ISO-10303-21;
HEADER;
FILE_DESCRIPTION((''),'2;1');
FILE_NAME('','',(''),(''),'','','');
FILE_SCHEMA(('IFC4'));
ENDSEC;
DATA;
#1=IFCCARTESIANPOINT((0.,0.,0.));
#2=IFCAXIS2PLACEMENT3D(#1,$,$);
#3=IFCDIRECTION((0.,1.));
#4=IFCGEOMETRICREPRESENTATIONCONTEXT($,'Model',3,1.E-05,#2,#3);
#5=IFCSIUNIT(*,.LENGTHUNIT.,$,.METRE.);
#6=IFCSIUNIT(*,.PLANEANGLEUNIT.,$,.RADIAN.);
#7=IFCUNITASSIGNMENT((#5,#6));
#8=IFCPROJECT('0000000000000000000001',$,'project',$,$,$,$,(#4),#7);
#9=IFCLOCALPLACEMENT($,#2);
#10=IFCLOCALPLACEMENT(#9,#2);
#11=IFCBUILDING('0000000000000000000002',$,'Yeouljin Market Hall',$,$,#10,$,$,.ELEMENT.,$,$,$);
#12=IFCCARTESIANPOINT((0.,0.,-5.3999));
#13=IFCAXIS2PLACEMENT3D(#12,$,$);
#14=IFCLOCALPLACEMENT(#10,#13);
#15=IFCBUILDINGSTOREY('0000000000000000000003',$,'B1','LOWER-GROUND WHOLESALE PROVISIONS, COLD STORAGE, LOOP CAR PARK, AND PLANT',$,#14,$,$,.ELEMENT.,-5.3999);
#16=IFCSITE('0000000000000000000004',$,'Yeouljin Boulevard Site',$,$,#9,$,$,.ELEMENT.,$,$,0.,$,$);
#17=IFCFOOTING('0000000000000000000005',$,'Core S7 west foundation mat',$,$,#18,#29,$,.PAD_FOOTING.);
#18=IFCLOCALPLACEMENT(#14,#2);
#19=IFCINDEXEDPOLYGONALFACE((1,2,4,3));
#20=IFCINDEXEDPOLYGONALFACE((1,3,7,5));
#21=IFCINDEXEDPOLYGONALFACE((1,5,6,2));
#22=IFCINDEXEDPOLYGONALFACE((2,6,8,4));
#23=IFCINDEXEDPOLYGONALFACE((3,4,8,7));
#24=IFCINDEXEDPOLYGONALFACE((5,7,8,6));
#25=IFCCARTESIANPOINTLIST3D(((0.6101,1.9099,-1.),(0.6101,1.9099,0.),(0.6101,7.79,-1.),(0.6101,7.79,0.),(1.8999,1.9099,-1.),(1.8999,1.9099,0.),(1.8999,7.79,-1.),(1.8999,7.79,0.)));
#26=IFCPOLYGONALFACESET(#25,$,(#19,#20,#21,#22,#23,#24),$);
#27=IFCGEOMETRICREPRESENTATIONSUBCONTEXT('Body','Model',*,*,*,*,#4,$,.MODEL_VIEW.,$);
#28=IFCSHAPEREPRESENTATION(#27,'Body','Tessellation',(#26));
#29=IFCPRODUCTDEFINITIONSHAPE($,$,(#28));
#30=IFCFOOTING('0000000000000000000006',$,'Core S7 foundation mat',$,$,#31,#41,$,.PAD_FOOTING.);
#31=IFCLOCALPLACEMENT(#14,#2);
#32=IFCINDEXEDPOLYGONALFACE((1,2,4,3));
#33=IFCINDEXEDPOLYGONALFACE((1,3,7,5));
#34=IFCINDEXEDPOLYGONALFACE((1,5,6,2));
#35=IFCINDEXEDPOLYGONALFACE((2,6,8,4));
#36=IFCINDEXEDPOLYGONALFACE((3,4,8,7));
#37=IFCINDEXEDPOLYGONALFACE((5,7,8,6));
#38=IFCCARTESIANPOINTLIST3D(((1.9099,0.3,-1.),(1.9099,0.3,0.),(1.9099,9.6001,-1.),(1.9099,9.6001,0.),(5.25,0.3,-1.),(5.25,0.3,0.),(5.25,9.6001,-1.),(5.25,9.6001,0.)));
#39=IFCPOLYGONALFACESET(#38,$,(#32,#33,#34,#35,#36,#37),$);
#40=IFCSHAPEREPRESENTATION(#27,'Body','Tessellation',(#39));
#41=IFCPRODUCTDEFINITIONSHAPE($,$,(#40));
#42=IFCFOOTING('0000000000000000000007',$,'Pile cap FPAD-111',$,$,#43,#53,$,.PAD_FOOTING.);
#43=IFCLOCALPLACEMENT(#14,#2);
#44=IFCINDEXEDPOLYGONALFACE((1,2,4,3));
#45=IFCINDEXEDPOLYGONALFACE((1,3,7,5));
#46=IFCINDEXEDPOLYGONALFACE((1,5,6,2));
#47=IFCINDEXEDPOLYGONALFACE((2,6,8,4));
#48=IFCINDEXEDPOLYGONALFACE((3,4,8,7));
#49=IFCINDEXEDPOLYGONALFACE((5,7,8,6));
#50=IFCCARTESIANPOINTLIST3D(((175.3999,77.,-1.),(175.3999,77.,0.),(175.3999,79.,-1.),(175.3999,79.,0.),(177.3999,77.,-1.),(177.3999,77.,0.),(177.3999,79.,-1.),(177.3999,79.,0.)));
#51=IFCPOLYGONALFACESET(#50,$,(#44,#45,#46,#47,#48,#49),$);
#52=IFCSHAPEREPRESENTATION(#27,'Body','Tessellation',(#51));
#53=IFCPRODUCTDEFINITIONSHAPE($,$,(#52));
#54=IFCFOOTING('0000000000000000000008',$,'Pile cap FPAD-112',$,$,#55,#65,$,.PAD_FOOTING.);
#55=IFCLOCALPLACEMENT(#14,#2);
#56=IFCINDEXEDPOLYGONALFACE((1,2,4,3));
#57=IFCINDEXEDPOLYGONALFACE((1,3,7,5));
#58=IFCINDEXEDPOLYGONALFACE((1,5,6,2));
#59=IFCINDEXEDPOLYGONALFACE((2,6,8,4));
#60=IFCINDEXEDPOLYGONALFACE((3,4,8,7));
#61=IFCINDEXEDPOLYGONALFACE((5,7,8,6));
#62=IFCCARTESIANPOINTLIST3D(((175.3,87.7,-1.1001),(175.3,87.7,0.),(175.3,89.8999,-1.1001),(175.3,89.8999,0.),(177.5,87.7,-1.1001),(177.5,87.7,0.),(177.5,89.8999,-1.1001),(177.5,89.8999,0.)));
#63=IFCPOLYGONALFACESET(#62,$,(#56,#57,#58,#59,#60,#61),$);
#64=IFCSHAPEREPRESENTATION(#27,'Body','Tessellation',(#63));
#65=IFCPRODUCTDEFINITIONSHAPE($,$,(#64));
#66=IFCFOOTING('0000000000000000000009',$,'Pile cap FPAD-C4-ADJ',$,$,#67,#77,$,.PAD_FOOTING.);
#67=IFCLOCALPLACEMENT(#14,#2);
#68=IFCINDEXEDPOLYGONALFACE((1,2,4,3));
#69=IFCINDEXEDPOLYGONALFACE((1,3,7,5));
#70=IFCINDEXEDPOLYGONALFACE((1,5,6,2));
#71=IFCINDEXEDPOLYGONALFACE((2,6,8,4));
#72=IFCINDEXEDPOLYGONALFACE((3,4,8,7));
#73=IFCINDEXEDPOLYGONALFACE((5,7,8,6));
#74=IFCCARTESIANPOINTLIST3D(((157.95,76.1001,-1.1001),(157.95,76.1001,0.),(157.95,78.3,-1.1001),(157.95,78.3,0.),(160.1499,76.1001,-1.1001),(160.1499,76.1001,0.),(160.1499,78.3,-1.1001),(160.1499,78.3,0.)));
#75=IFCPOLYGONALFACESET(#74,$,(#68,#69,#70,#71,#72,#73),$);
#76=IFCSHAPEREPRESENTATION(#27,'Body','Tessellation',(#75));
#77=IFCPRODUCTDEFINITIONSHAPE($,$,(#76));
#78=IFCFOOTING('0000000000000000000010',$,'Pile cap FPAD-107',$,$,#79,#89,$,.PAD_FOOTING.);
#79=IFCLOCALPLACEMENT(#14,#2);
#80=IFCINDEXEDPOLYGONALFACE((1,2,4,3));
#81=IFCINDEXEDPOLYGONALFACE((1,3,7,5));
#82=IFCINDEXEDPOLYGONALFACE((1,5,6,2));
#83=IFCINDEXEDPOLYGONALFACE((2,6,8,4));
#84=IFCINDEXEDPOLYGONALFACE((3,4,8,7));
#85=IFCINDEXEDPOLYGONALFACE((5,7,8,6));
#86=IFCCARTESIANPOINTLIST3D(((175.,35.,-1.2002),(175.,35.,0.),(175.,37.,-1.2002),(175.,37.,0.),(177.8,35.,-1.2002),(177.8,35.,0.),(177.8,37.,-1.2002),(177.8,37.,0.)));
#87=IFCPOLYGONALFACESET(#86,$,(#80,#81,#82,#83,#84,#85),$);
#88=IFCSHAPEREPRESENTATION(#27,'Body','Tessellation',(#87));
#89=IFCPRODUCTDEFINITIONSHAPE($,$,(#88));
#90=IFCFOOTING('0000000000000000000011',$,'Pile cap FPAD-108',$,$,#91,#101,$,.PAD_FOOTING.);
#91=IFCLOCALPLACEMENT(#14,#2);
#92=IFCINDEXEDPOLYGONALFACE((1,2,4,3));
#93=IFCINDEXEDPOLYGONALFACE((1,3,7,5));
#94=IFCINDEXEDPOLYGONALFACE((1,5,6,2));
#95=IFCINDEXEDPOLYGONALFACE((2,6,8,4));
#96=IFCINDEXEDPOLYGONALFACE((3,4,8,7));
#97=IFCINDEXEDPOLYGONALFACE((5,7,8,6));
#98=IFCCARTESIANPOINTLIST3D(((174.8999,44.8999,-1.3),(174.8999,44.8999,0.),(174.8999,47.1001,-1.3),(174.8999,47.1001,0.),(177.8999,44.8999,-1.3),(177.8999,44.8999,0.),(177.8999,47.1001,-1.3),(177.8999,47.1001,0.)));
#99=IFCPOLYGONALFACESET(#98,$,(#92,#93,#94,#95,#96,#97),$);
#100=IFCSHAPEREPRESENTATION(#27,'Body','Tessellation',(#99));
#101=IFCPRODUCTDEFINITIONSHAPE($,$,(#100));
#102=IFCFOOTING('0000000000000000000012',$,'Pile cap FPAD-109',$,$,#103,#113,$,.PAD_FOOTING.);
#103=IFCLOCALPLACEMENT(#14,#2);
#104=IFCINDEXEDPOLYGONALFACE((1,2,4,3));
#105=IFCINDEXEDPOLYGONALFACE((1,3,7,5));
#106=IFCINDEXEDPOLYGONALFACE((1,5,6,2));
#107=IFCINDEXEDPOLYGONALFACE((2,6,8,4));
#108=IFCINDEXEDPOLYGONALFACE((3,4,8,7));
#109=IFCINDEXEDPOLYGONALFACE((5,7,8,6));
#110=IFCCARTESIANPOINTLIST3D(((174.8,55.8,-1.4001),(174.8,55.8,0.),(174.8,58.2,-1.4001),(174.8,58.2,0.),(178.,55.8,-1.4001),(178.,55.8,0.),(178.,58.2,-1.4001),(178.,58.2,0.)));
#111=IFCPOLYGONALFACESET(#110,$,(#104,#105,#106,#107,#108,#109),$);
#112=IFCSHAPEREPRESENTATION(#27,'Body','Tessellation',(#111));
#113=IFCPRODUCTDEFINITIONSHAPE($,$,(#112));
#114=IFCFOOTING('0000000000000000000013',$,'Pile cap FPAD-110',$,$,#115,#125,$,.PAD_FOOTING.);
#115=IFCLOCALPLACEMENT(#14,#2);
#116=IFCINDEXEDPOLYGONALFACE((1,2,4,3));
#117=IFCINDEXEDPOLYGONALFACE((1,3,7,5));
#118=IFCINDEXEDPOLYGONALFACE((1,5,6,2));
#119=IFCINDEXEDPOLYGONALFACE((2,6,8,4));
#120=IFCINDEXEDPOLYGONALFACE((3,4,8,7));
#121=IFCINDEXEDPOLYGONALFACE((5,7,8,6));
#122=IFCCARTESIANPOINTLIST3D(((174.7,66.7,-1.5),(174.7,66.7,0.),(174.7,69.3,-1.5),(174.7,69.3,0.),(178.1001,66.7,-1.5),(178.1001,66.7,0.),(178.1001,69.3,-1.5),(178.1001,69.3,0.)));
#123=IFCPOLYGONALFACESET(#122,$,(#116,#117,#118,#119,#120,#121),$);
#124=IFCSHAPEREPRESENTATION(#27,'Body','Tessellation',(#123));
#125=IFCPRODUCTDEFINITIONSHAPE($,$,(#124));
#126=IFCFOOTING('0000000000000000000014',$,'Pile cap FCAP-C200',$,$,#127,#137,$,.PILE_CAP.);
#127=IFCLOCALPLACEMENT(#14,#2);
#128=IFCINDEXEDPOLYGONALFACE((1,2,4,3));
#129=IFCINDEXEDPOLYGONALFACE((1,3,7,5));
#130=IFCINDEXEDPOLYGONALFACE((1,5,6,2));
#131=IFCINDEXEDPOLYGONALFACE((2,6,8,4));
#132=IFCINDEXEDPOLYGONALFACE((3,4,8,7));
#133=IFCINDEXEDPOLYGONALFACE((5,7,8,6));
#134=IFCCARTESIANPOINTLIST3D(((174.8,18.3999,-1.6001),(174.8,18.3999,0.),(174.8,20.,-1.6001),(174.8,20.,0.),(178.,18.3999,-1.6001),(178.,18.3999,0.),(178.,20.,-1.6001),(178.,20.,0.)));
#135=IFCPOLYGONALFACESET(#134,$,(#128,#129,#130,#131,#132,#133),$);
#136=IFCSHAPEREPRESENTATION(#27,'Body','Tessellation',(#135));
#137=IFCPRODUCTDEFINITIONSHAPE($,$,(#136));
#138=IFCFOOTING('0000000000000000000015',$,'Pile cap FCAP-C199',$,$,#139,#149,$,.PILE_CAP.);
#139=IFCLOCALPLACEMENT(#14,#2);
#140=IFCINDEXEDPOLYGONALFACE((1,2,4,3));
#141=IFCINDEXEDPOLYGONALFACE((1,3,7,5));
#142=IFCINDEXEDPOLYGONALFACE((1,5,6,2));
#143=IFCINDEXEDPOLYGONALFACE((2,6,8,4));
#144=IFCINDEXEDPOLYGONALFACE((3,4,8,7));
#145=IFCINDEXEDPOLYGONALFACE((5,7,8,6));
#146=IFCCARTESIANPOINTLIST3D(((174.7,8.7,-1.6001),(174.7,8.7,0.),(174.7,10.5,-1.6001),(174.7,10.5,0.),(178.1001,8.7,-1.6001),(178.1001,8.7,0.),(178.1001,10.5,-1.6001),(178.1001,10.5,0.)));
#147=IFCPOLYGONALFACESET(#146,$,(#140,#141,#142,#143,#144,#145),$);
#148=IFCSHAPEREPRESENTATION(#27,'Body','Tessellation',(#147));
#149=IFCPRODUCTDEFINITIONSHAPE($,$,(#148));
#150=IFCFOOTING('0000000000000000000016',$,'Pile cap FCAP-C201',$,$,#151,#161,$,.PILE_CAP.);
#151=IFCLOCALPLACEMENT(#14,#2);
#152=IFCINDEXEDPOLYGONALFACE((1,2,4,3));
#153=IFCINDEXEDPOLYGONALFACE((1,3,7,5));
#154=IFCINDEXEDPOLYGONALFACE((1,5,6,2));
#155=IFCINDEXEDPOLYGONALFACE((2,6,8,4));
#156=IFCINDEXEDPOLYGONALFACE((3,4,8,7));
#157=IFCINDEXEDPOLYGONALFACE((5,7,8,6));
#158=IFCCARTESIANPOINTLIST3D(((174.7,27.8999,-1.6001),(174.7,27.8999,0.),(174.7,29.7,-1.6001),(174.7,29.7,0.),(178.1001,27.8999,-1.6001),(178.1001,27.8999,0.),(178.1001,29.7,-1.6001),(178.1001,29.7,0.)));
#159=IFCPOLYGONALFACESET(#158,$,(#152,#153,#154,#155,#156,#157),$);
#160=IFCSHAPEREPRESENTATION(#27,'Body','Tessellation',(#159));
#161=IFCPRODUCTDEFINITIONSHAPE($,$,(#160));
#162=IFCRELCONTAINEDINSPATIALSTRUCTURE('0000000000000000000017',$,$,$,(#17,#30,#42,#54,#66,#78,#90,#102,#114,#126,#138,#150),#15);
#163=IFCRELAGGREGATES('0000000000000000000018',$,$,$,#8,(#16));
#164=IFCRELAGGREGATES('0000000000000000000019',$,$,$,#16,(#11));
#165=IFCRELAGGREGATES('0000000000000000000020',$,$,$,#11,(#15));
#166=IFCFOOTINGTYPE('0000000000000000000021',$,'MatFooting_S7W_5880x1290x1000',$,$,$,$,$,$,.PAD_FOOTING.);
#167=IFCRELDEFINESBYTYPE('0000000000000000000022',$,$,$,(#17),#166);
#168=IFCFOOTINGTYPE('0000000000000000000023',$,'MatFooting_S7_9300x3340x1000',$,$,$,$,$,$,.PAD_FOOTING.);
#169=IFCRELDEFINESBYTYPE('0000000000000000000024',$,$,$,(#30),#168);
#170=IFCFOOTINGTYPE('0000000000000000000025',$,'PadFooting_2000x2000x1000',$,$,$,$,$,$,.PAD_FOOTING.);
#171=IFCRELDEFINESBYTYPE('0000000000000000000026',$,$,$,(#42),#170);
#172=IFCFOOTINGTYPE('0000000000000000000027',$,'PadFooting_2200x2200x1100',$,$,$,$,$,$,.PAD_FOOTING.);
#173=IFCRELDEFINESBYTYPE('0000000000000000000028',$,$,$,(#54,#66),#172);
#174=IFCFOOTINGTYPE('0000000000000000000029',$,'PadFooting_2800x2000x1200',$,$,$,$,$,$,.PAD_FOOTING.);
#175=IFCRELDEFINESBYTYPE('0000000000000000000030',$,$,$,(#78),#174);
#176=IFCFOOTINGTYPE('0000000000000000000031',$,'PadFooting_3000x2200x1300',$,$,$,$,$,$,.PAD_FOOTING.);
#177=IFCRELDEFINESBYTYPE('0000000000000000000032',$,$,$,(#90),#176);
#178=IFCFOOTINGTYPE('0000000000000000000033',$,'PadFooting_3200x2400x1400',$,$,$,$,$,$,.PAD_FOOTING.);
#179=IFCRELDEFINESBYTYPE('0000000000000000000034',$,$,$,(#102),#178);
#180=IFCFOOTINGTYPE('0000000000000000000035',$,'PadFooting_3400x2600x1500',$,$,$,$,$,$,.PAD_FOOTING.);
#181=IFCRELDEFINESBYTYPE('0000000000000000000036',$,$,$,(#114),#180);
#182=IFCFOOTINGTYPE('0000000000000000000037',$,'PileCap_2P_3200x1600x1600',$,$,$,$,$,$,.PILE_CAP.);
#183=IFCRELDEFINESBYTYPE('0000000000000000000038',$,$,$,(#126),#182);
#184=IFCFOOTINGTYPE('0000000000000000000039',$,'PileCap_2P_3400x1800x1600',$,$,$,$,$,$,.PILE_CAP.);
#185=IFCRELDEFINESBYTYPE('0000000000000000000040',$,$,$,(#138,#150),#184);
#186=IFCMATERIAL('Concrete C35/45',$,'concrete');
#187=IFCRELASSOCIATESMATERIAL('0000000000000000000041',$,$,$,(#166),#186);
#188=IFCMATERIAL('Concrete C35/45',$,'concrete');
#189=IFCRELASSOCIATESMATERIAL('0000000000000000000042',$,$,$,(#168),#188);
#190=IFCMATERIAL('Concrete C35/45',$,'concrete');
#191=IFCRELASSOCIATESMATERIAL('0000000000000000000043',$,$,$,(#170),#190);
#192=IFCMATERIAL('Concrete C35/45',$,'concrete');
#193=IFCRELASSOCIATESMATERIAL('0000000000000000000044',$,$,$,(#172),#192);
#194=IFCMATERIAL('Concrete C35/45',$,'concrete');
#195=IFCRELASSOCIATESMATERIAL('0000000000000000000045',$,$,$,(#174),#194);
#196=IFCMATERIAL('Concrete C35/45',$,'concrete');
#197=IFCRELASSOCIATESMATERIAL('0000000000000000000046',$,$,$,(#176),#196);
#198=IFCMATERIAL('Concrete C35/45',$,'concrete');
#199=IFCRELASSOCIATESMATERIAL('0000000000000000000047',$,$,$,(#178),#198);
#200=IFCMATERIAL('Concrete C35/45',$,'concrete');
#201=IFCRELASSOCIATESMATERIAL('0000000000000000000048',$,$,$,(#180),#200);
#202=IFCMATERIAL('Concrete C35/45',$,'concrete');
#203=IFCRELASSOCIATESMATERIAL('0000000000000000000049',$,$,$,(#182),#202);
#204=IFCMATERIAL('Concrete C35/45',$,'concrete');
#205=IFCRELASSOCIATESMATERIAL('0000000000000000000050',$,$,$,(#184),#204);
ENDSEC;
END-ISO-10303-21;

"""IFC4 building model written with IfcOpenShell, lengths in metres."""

from ifc_helpers import new_model, si_unit, direction, frame, origin, place, context, subcontext, project, spatial, polyline, outline, extrude, material, type_object, element, save


model = new_model("IFC4")

# Units and contexts
model_context = context("Model", 3, precision=1e-05, world=origin(), true_north=direction((0.0, 1.0)))
body_context = subcontext(model_context, "Body", "Model", "MODEL_VIEW")
ifc_project = project(units=[si_unit("LENGTHUNIT", "METRE"), si_unit("PLANEANGLEUNIT", "RADIAN")], contexts=[model_context])

# Site, building, storey
site_placement = place(None, origin())
site = spatial("IfcSite", under=ifc_project, at=site_placement, Name="Yeouljin Boulevard Site", CompositionType="ELEMENT", RefElevation=0.0)
building_placement = place(site_placement, origin())
building = spatial("IfcBuilding", under=site, at=building_placement, Name="Yeouljin Market Hall", CompositionType="ELEMENT")
storey_placement = place(building_placement, frame((0.0, 0.0, -5.3999)))
storey = spatial("IfcBuildingStorey", under=building, at=storey_placement, Name="B1", Description="LOWER-GROUND WHOLESALE PROVISIONS, COLD STORAGE, LOOP CAR PARK, AND PLANT", CompositionType="ELEMENT", Elevation=-5.3999)

# Footings
ifc_material_1 = material(Name="Concrete C35/45", Category="concrete")
footing_type_1 = type_object("IfcFootingType", Name="MatFooting_S7W_5880x1290x1000", PredefinedType="PAD_FOOTING", material=ifc_material_1)
footing_1_placement = place(storey_placement, frame((0.0, 0.0, -1.0)))
element("IfcFooting", 1, at=footing_1_placement, inside=storey, type_object=footing_type_1, Name="Core S7 west foundation mat", PredefinedType="PAD_FOOTING", context=body_context, shape_type="SweptSolid", body=[
    extrude(outline(polyline([(0.6101, 1.9099), (1.8999, 1.9099), (1.8999, 7.79), (0.6101, 7.79), (0.6101, 1.9099)])), origin(), (0.0, 0.0, 1.0), 1.0),
])
ifc_material_2 = material(Name="Concrete C35/45", Category="concrete")
footing_type_2 = type_object("IfcFootingType", Name="MatFooting_S7_9300x3340x1000", PredefinedType="PAD_FOOTING", material=ifc_material_2)
footing_2_placement = place(storey_placement, frame((0.0, 0.0, -1.0)))
element("IfcFooting", 2, at=footing_2_placement, inside=storey, type_object=footing_type_2, Name="Core S7 foundation mat", PredefinedType="PAD_FOOTING", context=body_context, shape_type="SweptSolid", body=[
    extrude(outline(polyline([(1.9099, 0.3), (5.25, 0.3), (5.25, 9.6001), (1.9099, 9.6001), (1.9099, 0.3)])), origin(), (0.0, 0.0, 1.0), 1.0),
])
ifc_material_3 = material(Name="Concrete C35/45", Category="concrete")
footing_type_3 = type_object("IfcFootingType", Name="PadFooting_2000x2000x1000", PredefinedType="PAD_FOOTING", material=ifc_material_3)
footing_3_placement = place(storey_placement, frame((0.0, 0.0, -1.0)))
element("IfcFooting", 3, at=footing_3_placement, inside=storey, type_object=footing_type_3, Name="Pile cap FPAD-111", PredefinedType="PAD_FOOTING", context=body_context, shape_type="SweptSolid", body=[
    extrude(outline(polyline([(175.3999, 77.0), (177.3999, 77.0), (177.3999, 79.0), (175.3999, 79.0), (175.3999, 77.0)])), origin(), (0.0, 0.0, 1.0), 1.0),
])
ifc_material_4 = material(Name="Concrete C35/45", Category="concrete")
footing_type_4 = type_object("IfcFootingType", Name="PadFooting_2200x2200x1100", PredefinedType="PAD_FOOTING", material=ifc_material_4)
footing_4_placement = place(storey_placement, frame((0.0, 0.0, -1.1001)))
element("IfcFooting", 4, at=footing_4_placement, inside=storey, type_object=footing_type_4, Name="Pile cap FPAD-112", PredefinedType="PAD_FOOTING", context=body_context, shape_type="SweptSolid", body=[
    extrude(outline(polyline([(175.3, 87.7), (177.5, 87.7), (177.5, 89.8999), (175.3, 89.8999), (175.3, 87.7)])), origin(), (0.0, 0.0, 1.0), 1.1001),
])
footing_5_placement = place(storey_placement, frame((0.0, 0.0, -1.1001)))
element("IfcFooting", 5, at=footing_5_placement, inside=storey, type_object=footing_type_4, Name="Pile cap FPAD-C4-ADJ", PredefinedType="PAD_FOOTING", context=body_context, shape_type="SweptSolid", body=[
    extrude(outline(polyline([(157.95, 76.1001), (160.1499, 76.1001), (160.1499, 78.3), (157.95, 78.3), (157.95, 76.1001)])), origin(), (0.0, 0.0, 1.0), 1.1001),
])
ifc_material_5 = material(Name="Concrete C35/45", Category="concrete")
footing_type_5 = type_object("IfcFootingType", Name="PadFooting_2800x2000x1200", PredefinedType="PAD_FOOTING", material=ifc_material_5)
footing_6_placement = place(storey_placement, frame((0.0, 0.0, -1.2002)))
element("IfcFooting", 6, at=footing_6_placement, inside=storey, type_object=footing_type_5, Name="Pile cap FPAD-107", PredefinedType="PAD_FOOTING", context=body_context, shape_type="SweptSolid", body=[
    extrude(outline(polyline([(175.0, 35.0), (177.8, 35.0), (177.8, 37.0), (175.0, 37.0), (175.0, 35.0)])), origin(), (0.0, 0.0, 1.0), 1.2002),
])
ifc_material_6 = material(Name="Concrete C35/45", Category="concrete")
footing_type_6 = type_object("IfcFootingType", Name="PadFooting_3000x2200x1300", PredefinedType="PAD_FOOTING", material=ifc_material_6)
footing_7_placement = place(storey_placement, frame((0.0, 0.0, -1.3)))
element("IfcFooting", 7, at=footing_7_placement, inside=storey, type_object=footing_type_6, Name="Pile cap FPAD-108", PredefinedType="PAD_FOOTING", context=body_context, shape_type="SweptSolid", body=[
    extrude(outline(polyline([(174.8999, 44.8999), (177.8999, 44.8999), (177.8999, 47.1001), (174.8999, 47.1001), (174.8999, 44.8999)])), origin(), (0.0, 0.0, 1.0), 1.3),
])
ifc_material_7 = material(Name="Concrete C35/45", Category="concrete")
footing_type_7 = type_object("IfcFootingType", Name="PadFooting_3200x2400x1400", PredefinedType="PAD_FOOTING", material=ifc_material_7)
footing_8_placement = place(storey_placement, frame((0.0, 0.0, -1.4001)))
element("IfcFooting", 8, at=footing_8_placement, inside=storey, type_object=footing_type_7, Name="Pile cap FPAD-109", PredefinedType="PAD_FOOTING", context=body_context, shape_type="SweptSolid", body=[
    extrude(outline(polyline([(174.8, 55.8), (178.0, 55.8), (178.0, 58.2), (174.8, 58.2), (174.8, 55.8)])), origin(), (0.0, 0.0, 1.0), 1.4001),
])
ifc_material_8 = material(Name="Concrete C35/45", Category="concrete")
footing_type_8 = type_object("IfcFootingType", Name="PadFooting_3400x2600x1500", PredefinedType="PAD_FOOTING", material=ifc_material_8)
footing_9_placement = place(storey_placement, frame((0.0, 0.0, -1.5)))
element("IfcFooting", 9, at=footing_9_placement, inside=storey, type_object=footing_type_8, Name="Pile cap FPAD-110", PredefinedType="PAD_FOOTING", context=body_context, shape_type="SweptSolid", body=[
    extrude(outline(polyline([(174.7, 66.7), (178.1001, 66.7), (178.1001, 69.3), (174.7, 69.3), (174.7, 66.7)])), origin(), (0.0, 0.0, 1.0), 1.5),
])
ifc_material_9 = material(Name="Concrete C35/45", Category="concrete")
footing_type_9 = type_object("IfcFootingType", Name="PileCap_2P_3200x1600x1600", PredefinedType="PILE_CAP", material=ifc_material_9)
footing_10_placement = place(storey_placement, frame((0.0, 0.0, -1.6001)))
element("IfcFooting", 10, at=footing_10_placement, inside=storey, type_object=footing_type_9, Name="Pile cap FCAP-C200", PredefinedType="PILE_CAP", context=body_context, shape_type="SweptSolid", body=[
    extrude(outline(polyline([(174.8, 18.3999), (178.0, 18.3999), (178.0, 20.0), (174.8, 20.0), (174.8, 18.3999)])), origin(), (0.0, 0.0, 1.0), 1.6001),
])
ifc_material_10 = material(Name="Concrete C35/45", Category="concrete")
footing_type_10 = type_object("IfcFootingType", Name="PileCap_2P_3400x1800x1600", PredefinedType="PILE_CAP", material=ifc_material_10)
footing_11_placement = place(storey_placement, frame((0.0, 0.0, -1.6001)))
element("IfcFooting", 11, at=footing_11_placement, inside=storey, type_object=footing_type_10, Name="Pile cap FCAP-C199", PredefinedType="PILE_CAP", context=body_context, shape_type="SweptSolid", body=[
    extrude(outline(polyline([(174.7, 8.7), (178.1001, 8.7), (178.1001, 10.5), (174.7, 10.5), (174.7, 8.7)])), origin(), (0.0, 0.0, 1.0), 1.6001),
])
footing_12_placement = place(storey_placement, frame((0.0, 0.0, -1.6001)))
element("IfcFooting", 12, at=footing_12_placement, inside=storey, type_object=footing_type_10, Name="Pile cap FCAP-C201", PredefinedType="PILE_CAP", context=body_context, shape_type="SweptSolid", body=[
    extrude(outline(polyline([(174.7, 27.8999), (178.1001, 27.8999), (178.1001, 29.7), (174.7, 29.7), (174.7, 27.8999)])), origin(), (0.0, 0.0, 1.0), 1.6001),
])

save(model, "model.ifc")
